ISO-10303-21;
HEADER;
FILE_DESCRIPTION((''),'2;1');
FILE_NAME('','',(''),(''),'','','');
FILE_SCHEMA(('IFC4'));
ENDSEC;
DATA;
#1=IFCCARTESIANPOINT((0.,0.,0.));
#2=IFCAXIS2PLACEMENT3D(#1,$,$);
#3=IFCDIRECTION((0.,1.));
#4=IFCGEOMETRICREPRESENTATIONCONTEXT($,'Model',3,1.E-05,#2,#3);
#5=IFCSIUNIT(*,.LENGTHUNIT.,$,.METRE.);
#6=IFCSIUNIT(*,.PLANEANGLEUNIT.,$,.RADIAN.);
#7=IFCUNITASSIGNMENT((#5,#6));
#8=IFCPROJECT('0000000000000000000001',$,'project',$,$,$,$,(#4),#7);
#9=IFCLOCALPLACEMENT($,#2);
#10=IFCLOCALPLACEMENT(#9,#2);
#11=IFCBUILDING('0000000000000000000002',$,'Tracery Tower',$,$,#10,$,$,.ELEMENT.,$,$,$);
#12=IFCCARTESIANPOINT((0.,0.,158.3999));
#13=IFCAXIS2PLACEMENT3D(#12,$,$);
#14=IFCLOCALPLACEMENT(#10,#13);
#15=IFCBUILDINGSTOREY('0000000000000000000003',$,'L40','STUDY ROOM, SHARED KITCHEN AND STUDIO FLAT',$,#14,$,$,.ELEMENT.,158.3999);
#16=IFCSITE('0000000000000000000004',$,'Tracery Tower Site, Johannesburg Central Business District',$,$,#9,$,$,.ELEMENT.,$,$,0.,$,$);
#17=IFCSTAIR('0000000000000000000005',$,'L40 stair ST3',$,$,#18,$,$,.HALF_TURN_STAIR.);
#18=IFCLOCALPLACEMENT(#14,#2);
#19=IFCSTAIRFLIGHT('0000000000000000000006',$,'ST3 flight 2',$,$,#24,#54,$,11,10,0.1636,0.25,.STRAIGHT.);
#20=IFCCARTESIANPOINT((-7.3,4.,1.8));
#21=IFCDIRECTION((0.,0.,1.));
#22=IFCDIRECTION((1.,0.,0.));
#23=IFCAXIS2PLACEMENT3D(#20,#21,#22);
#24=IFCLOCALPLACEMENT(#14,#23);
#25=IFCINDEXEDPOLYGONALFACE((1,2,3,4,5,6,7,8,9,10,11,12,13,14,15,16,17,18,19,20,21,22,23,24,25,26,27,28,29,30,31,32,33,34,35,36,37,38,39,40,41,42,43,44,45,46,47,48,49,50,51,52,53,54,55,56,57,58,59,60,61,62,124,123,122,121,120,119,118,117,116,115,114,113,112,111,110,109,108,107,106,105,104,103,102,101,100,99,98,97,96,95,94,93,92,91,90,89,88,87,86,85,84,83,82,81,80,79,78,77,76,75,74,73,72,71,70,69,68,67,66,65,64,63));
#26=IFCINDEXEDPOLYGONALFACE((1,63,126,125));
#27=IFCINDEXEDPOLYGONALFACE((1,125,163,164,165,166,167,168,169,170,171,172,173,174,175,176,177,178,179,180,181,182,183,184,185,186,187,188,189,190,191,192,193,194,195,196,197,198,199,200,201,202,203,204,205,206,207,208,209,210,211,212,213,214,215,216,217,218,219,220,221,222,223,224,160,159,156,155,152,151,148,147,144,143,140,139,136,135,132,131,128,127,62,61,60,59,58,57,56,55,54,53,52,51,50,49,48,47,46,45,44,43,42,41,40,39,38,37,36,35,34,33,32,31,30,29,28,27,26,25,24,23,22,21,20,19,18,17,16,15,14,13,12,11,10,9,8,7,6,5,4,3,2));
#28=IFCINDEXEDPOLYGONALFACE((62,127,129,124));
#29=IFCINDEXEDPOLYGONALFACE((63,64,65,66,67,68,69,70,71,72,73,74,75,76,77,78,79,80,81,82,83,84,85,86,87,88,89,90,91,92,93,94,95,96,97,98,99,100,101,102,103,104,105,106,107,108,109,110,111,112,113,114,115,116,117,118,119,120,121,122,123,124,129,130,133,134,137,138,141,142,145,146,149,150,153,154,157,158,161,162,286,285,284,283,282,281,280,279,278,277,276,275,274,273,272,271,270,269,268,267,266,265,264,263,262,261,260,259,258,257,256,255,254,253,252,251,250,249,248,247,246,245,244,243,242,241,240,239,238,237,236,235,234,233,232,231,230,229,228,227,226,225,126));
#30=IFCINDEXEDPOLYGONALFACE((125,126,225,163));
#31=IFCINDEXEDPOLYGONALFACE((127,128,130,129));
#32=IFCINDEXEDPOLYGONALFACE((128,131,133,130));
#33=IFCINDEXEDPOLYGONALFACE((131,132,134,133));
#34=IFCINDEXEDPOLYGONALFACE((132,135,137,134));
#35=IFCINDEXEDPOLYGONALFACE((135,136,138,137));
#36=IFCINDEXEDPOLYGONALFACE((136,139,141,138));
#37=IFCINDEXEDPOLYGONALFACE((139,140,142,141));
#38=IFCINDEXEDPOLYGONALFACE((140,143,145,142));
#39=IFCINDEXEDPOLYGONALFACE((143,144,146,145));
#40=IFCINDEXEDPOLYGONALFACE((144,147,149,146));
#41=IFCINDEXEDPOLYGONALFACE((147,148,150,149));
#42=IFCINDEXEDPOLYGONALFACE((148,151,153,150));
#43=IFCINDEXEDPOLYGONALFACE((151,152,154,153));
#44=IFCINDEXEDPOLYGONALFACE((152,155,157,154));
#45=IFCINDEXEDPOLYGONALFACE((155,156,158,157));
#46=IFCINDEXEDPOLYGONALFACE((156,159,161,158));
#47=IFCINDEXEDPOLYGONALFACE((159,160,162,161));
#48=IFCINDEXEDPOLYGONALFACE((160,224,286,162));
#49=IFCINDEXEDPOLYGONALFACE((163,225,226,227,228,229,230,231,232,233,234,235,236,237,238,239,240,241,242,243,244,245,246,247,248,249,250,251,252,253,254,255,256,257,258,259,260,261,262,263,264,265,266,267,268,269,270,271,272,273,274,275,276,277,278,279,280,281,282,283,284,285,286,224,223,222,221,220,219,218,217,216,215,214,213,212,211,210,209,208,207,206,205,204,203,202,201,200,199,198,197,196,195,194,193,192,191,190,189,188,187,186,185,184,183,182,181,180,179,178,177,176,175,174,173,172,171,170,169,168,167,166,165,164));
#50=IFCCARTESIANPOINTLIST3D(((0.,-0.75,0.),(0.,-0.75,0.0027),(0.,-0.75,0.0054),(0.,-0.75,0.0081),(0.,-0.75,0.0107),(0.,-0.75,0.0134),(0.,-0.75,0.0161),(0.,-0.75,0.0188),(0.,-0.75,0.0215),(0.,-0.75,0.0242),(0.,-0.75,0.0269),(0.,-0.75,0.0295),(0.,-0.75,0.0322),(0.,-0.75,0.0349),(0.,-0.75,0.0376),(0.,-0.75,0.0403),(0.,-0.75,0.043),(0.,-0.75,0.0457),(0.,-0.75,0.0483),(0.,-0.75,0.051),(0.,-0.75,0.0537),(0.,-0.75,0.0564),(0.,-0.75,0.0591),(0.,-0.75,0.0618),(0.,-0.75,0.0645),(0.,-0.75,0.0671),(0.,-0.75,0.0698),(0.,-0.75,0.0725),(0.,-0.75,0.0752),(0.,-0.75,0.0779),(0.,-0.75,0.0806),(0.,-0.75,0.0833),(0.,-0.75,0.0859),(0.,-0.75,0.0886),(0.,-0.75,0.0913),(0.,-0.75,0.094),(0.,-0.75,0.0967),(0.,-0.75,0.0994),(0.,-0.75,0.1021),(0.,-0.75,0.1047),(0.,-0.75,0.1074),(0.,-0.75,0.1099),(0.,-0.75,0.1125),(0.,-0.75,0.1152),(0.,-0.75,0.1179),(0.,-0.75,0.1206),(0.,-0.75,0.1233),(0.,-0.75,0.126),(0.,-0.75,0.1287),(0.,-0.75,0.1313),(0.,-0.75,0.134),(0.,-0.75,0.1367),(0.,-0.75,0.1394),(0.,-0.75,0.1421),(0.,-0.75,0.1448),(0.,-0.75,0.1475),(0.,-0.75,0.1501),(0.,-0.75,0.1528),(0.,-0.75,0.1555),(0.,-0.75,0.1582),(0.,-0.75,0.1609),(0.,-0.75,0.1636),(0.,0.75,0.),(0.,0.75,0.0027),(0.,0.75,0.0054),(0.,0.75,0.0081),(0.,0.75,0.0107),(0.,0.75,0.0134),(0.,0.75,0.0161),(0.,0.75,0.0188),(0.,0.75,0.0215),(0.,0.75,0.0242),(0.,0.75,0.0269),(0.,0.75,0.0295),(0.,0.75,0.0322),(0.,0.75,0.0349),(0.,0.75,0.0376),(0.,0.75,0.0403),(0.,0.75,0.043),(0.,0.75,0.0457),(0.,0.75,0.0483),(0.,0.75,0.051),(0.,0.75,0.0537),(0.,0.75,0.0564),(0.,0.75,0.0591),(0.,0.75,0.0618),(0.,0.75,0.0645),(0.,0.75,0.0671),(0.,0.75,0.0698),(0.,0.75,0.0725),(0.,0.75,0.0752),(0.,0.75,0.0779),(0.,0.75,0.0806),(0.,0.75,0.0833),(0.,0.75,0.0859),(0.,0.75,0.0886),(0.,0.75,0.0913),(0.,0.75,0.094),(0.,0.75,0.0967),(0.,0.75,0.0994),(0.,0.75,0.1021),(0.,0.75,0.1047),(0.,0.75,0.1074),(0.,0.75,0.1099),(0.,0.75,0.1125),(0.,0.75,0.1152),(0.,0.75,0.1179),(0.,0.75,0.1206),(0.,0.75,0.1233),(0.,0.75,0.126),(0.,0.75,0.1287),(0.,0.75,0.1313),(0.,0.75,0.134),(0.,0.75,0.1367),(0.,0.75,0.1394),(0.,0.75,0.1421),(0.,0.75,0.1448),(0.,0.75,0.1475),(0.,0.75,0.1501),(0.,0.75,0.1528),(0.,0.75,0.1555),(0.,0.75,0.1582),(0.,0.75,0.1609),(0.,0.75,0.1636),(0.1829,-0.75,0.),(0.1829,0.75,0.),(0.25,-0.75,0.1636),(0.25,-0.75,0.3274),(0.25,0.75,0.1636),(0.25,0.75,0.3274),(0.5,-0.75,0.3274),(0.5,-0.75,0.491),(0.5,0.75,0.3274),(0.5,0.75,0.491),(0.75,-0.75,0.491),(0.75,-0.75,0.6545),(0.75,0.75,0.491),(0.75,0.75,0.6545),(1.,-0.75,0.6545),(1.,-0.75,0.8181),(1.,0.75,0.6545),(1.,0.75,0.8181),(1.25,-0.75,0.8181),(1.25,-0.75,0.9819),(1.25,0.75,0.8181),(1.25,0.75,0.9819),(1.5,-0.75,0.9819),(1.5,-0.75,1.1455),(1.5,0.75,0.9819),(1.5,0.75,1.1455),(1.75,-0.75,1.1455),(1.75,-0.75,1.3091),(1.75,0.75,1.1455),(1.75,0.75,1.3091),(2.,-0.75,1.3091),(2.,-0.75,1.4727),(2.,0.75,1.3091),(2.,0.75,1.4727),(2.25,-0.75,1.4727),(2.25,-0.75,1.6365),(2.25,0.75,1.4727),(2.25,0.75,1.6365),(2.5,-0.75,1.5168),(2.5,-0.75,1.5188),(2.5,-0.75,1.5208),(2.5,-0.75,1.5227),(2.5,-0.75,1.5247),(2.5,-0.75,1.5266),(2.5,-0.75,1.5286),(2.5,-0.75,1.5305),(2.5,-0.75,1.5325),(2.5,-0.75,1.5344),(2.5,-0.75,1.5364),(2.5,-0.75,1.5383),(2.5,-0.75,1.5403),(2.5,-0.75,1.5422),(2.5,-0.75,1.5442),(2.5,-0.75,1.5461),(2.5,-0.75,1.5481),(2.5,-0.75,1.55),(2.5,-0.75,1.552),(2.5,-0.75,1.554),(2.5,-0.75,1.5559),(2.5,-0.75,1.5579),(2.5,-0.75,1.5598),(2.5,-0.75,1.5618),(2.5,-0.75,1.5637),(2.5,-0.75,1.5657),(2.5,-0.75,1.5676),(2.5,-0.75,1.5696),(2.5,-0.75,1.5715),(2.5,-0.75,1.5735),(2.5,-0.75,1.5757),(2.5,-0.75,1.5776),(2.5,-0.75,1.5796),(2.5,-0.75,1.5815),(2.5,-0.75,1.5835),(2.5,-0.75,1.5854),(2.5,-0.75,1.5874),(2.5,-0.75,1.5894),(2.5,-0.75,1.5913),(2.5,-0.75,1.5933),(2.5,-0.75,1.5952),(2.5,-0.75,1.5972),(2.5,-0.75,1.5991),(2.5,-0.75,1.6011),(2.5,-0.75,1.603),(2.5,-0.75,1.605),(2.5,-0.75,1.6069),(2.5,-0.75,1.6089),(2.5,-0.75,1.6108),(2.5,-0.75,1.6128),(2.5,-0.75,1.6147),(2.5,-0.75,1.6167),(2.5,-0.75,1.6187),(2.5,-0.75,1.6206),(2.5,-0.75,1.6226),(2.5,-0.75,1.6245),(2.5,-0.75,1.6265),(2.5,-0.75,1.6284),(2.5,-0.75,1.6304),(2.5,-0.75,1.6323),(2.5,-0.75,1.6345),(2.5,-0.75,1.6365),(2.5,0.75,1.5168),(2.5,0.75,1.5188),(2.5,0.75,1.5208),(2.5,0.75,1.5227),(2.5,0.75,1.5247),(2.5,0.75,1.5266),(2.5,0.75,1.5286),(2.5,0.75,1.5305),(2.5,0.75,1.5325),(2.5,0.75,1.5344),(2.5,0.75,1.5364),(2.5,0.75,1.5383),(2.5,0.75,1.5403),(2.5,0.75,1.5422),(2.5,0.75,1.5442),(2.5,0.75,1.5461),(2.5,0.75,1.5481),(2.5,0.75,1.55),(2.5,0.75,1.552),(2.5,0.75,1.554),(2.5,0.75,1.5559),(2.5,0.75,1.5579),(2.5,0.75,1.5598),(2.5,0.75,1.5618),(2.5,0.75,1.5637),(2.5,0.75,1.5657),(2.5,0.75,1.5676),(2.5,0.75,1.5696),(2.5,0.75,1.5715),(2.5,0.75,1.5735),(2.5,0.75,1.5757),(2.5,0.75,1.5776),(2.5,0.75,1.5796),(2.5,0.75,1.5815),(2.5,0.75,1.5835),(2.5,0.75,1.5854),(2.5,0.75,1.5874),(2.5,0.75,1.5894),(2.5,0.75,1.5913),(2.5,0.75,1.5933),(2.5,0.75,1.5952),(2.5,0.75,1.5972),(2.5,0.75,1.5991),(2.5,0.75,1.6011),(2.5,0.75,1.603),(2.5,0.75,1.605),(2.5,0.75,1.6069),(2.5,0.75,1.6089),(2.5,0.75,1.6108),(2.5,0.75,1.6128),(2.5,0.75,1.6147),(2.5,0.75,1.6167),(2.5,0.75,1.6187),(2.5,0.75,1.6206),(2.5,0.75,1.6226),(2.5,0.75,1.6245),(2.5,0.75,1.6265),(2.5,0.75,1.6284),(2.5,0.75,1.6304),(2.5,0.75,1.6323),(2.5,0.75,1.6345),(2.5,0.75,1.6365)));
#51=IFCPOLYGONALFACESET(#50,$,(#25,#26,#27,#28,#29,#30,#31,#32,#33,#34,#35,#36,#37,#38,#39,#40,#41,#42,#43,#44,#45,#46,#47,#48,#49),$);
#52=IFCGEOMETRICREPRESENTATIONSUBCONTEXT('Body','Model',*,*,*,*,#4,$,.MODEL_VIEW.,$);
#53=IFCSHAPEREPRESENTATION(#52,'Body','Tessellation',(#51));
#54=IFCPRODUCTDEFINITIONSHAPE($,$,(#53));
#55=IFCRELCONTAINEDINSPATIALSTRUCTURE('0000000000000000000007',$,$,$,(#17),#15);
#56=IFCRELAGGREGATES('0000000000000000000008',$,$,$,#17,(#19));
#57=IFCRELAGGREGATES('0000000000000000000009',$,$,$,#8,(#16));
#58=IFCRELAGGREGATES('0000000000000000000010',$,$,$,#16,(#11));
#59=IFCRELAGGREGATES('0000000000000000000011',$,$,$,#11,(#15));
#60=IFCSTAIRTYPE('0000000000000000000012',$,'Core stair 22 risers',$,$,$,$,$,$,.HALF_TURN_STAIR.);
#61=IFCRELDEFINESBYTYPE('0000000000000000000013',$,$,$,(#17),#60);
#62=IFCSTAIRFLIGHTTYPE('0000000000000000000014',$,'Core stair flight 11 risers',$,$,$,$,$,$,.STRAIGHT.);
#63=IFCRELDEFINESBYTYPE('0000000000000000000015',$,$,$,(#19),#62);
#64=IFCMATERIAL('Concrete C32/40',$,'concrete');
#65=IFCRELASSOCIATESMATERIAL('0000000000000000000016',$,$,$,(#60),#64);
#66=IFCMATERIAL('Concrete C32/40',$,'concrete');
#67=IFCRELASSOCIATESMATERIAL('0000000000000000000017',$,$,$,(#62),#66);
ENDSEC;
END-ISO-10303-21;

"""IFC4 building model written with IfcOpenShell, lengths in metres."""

from ifc_helpers import new_model, si_unit, direction, frame, origin, place, context, subcontext, project, spatial, polyline, outline, extrude, material, type_object, element, aggregate, save


model = new_model("IFC4")

# Units and contexts
model_context = context("Model", 3, precision=1e-05, world=origin(), true_north=direction((0.0, 1.0)))
body_context = subcontext(model_context, "Body", "Model", "MODEL_VIEW")
ifc_project = project(units=[si_unit("LENGTHUNIT", "METRE"), si_unit("PLANEANGLEUNIT", "RADIAN")], contexts=[model_context])

# Site, building, storey
site_placement = place(None, origin())
site = spatial("IfcSite", under=ifc_project, at=site_placement, Name="Tracery Tower Site, Johannesburg Central Business District", CompositionType="ELEMENT", RefElevation=0.0)
building_placement = place(site_placement, origin())
building = spatial("IfcBuilding", under=site, at=building_placement, Name="Tracery Tower", CompositionType="ELEMENT")
storey_placement = place(building_placement, frame((0.0, 0.0, 158.3999)))
storey = spatial("IfcBuildingStorey", under=building, at=storey_placement, Name="L40", Description="STUDY ROOM, SHARED KITCHEN AND STUDIO FLAT", CompositionType="ELEMENT", Elevation=158.3999)

# Stair, stair flight
ifc_material_1 = material(Name="Concrete C32/40", Category="concrete")
stair_type = type_object("IfcStairType", Name="Core stair 22 risers", PredefinedType="HALF_TURN_STAIR", material=ifc_material_1)
stair_placement = place(storey_placement, origin())
stair = element("IfcStair", 1, at=stair_placement, inside=storey, type_object=stair_type, Name="L40 stair ST3", PredefinedType="HALF_TURN_STAIR")
ifc_material_2 = material(Name="Concrete C32/40", Category="concrete")
stair_flight_type = type_object("IfcStairFlightType", Name="Core stair flight 11 risers", PredefinedType="STRAIGHT", material=ifc_material_2)
stair_flight_1_placement = place(storey_placement, frame((-7.3, 4.0, 1.8), z_axis=(0.0, 0.0, 1.0), x_axis=(1.0, 0.0, 0.0)))
stair_flight_1 = element("IfcStairFlight", 2, at=stair_flight_1_placement, type_object=stair_flight_type, Name="ST3 flight 2", NumberOfRisers=11, NumberOfTreads=10, PredefinedType="STRAIGHT", RiserHeight=0.1636, TreadLength=0.25, context=body_context, shape_type="SweptSolid", body=[
    extrude(outline(polyline([(0.0, 0.0), (0.0, 0.0027), (0.0, 0.0054), (0.0, 0.0081), (0.0, 0.0107), (0.0, 0.0134), (0.0, 0.0161), (0.0, 0.0188), (0.0, 0.0215), (0.0, 0.0242), (0.0, 0.0269), (0.0, 0.0295), (0.0, 0.0322), (0.0, 0.0349), (0.0, 0.0376), (0.0, 0.0403), (0.0, 0.043), (0.0, 0.0457), (0.0, 0.0483), (0.0, 0.051), (0.0, 0.0537), (0.0, 0.0564), (0.0, 0.0591), (0.0, 0.0618), (0.0, 0.0645), (0.0, 0.0671), (0.0, 0.0698), (0.0, 0.0725), (0.0, 0.0752), (0.0, 0.0779), (0.0, 0.0806), (0.0, 0.0833), (0.0, 0.0859), (0.0, 0.0886), (0.0, 0.0913), (0.0, 0.094), (0.0, 0.0967), (0.0, 0.0994), (0.0, 0.1021), (0.0, 0.1047), (0.0, 0.1074), (0.0, 0.1099), (0.0, 0.1125), (0.0, 0.1152), (0.0, 0.1179), (0.0, 0.1206), (0.0, 0.1233), (0.0, 0.126), (0.0, 0.1287), (0.0, 0.1313), (0.0, 0.134), (0.0, 0.1367), (0.0, 0.1394), (0.0, 0.1421), (0.0, 0.1448), (0.0, 0.1475), (0.0, 0.1501), (0.0, 0.1528), (0.0, 0.1555), (0.0, 0.1582), (0.0, 0.1609), (0.0, 0.1636), (0.25, 0.1636), (0.25, 0.3274), (0.5, 0.3274), (0.5, 0.491), (0.75, 0.491), (0.75, 0.6545), (1.0, 0.6545), (1.0, 0.8181), (1.25, 0.8181), (1.25, 0.9819), (1.5, 0.9819), (1.5, 1.1455), (1.75, 1.1455), (1.75, 1.3091), (2.0, 1.3091), (2.0, 1.4727), (2.25, 1.4727), (2.25, 1.6365), (2.5, 1.6365), (2.5, 1.6345), (2.5, 1.6323), (2.5, 1.6304), (2.5, 1.6284), (2.5, 1.6265), (2.5, 1.6245), (2.5, 1.6226), (2.5, 1.6206), (2.5, 1.6187), (2.5, 1.6167), (2.5, 1.6147), (2.5, 1.6128), (2.5, 1.6108), (2.5, 1.6089), (2.5, 1.6069), (2.5, 1.605), (2.5, 1.603), (2.5, 1.6011), (2.5, 1.5991), (2.5, 1.5972), (2.5, 1.5952), (2.5, 1.5933), (2.5, 1.5913), (2.5, 1.5894), (2.5, 1.5874), (2.5, 1.5854), (2.5, 1.5835), (2.5, 1.5815), (2.5, 1.5796), (2.5, 1.5776), (2.5, 1.5757), (2.5, 1.5735), (2.5, 1.5715), (2.5, 1.5696), (2.5, 1.5676), (2.5, 1.5657), (2.5, 1.5637), (2.5, 1.5618), (2.5, 1.5598), (2.5, 1.5579), (2.5, 1.5559), (2.5, 1.554), (2.5, 1.552), (2.5, 1.55), (2.5, 1.5481), (2.5, 1.5461), (2.5, 1.5442), (2.5, 1.5422), (2.5, 1.5403), (2.5, 1.5383), (2.5, 1.5364), (2.5, 1.5344), (2.5, 1.5325), (2.5, 1.5305), (2.5, 1.5286), (2.5, 1.5266), (2.5, 1.5247), (2.5, 1.5227), (2.5, 1.5208), (2.5, 1.5188), (2.5, 1.5168), (0.1829, 0.0), (0.0, 0.0)])), frame((0.0, 0.75, 0.0), z_axis=(0.0, -1.0, 0.0), x_axis=(1.0, 0.0, 0.0)), (0.0, 0.0, 1.0), 1.5),
])
aggregate(stair, [stair_flight_1])

save(model, "model.ifc")
